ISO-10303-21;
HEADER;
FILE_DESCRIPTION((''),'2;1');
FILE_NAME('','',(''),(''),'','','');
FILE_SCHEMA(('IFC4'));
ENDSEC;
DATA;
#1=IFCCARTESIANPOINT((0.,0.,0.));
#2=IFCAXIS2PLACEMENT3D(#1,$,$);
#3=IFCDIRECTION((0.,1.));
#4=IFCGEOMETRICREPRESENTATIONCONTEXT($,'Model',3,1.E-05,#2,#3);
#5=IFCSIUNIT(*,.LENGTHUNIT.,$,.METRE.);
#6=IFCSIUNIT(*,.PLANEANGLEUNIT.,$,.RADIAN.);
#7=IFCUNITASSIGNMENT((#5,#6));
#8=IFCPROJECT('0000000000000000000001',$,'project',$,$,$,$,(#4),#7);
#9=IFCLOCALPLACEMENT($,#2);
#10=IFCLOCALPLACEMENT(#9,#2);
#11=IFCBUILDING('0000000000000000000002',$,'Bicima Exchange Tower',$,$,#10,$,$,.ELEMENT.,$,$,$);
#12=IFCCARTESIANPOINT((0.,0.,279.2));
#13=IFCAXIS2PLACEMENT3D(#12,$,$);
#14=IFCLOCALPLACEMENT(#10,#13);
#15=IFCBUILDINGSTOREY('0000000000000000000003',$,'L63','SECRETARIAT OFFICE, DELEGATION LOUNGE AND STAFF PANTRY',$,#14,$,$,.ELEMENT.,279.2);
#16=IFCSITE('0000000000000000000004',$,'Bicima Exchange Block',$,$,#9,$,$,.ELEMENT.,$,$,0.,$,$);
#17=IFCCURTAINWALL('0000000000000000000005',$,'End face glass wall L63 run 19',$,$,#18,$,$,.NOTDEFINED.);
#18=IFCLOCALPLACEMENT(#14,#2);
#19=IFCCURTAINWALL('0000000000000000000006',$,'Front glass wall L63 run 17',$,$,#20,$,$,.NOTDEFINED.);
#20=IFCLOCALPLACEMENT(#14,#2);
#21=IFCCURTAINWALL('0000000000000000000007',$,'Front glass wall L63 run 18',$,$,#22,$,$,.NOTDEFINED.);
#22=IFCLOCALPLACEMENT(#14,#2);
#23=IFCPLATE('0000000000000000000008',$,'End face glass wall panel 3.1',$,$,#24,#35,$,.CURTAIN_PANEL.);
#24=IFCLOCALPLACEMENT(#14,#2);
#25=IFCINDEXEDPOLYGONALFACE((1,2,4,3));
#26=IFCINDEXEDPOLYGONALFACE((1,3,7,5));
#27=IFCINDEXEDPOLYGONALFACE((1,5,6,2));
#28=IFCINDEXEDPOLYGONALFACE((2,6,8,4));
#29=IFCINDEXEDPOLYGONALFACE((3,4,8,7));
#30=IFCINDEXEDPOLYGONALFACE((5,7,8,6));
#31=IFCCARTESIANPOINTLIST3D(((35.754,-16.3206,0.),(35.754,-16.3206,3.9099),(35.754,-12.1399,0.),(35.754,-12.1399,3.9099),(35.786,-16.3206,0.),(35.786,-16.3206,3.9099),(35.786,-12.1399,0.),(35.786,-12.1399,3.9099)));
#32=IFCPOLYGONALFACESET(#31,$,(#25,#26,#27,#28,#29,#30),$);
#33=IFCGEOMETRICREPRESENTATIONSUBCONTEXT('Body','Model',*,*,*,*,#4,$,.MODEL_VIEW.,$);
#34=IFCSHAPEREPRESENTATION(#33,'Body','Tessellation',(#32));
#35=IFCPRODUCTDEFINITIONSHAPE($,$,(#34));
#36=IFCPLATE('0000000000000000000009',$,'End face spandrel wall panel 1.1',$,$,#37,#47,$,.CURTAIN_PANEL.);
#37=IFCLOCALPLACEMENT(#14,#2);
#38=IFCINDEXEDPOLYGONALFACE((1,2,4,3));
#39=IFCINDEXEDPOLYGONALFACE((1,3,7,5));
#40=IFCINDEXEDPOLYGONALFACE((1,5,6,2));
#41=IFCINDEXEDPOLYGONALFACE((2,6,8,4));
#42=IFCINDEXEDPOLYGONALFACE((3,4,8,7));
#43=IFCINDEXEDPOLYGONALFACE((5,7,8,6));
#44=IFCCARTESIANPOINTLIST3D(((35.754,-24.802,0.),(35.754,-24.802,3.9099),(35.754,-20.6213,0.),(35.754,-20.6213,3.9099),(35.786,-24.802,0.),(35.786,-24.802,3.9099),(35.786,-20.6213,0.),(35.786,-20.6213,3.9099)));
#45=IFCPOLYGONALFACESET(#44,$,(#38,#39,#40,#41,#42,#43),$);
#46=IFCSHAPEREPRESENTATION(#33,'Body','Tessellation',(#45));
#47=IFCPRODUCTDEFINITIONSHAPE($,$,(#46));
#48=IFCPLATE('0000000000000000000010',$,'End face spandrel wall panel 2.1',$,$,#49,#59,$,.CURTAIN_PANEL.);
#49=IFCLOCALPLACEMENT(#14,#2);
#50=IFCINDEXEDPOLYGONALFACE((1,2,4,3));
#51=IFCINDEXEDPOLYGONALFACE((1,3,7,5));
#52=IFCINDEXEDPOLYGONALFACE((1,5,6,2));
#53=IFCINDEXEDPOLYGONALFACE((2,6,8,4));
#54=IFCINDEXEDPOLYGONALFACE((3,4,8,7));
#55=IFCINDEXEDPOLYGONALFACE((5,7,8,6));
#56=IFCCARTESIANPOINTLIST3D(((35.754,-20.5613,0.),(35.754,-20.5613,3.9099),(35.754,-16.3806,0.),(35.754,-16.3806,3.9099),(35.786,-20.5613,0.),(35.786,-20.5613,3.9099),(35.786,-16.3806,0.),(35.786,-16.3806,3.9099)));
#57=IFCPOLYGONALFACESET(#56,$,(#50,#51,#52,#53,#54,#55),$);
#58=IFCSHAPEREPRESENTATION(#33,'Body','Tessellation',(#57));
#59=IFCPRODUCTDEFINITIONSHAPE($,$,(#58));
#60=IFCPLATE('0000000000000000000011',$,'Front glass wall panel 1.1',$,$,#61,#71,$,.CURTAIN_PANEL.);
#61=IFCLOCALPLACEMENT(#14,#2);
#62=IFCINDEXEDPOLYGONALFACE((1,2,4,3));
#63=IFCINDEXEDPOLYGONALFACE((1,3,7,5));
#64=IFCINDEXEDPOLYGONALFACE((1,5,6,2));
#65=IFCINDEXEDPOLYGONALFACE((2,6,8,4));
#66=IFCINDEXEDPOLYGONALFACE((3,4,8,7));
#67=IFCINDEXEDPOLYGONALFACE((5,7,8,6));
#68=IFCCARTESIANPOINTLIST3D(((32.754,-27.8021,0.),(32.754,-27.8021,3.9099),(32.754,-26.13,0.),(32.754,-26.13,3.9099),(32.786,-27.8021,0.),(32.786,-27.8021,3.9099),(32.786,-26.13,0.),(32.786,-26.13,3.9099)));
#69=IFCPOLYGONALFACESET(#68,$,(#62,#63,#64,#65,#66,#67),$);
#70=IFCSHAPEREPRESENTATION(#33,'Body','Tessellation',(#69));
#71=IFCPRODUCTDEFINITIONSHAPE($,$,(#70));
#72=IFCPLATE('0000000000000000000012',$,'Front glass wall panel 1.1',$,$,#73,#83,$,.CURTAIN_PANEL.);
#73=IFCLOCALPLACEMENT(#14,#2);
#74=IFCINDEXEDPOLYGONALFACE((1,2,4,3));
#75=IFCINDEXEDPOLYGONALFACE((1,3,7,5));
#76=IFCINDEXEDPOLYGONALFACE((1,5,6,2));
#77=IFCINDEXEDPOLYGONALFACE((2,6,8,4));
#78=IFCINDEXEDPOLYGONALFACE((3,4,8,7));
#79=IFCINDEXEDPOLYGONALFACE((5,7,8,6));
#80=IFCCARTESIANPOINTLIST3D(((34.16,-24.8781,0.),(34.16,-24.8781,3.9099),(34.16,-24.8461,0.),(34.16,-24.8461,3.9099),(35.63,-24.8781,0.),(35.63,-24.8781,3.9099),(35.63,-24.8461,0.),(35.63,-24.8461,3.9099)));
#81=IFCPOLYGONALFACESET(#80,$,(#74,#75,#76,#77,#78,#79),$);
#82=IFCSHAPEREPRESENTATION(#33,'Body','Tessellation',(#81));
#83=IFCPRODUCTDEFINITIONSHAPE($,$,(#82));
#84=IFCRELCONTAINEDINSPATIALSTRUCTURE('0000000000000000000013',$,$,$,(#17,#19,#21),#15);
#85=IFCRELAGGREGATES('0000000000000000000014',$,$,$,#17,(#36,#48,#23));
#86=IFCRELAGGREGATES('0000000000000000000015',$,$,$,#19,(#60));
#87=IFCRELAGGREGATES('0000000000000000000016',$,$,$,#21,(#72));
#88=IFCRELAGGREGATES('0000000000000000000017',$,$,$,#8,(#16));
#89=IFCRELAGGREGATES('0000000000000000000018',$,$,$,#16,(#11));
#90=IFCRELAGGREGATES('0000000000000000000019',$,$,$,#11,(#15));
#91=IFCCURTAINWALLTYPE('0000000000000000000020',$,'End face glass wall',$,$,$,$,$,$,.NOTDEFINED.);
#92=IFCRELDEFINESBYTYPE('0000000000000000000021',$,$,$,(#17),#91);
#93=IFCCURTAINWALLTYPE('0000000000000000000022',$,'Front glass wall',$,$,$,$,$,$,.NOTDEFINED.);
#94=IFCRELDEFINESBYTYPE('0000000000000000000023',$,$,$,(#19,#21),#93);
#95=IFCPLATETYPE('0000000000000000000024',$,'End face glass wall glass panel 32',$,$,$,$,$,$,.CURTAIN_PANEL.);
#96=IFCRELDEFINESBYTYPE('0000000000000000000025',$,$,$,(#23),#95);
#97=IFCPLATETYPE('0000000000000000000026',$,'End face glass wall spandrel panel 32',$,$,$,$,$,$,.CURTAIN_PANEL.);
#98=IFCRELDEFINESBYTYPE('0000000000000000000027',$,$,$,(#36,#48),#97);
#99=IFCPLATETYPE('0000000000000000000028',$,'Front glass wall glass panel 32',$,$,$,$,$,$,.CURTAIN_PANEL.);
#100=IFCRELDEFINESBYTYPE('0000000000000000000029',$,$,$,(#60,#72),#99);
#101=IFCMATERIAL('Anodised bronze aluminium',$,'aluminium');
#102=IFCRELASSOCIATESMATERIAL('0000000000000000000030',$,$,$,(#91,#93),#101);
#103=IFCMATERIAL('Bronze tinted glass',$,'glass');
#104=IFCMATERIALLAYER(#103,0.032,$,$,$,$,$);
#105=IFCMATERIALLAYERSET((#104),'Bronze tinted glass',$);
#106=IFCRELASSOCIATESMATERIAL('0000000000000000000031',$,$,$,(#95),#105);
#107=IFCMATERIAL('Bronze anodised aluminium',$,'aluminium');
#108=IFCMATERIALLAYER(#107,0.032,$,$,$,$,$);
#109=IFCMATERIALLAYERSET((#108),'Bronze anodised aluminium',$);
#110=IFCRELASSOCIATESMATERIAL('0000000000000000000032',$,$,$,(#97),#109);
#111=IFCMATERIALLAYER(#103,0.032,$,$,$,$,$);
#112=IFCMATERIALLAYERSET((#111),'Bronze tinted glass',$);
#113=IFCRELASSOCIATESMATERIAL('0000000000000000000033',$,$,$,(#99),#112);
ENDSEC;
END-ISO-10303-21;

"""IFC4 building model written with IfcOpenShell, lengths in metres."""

from ifc_helpers import new_model, si_unit, direction, frame, origin, origin_2d, place, context, subcontext, project, spatial, rectangle, extrude, material, layer, layer_set, type_object, element, aggregate, save


model = new_model("IFC4")

# Units and contexts
model_context = context("Model", 3, precision=1e-05, world=origin(), true_north=direction((0.0, 1.0)))
body_context = subcontext(model_context, "Body", "Model", "MODEL_VIEW")
ifc_project = project(units=[si_unit("LENGTHUNIT", "METRE"), si_unit("PLANEANGLEUNIT", "RADIAN")], contexts=[model_context])

# Site, building, storey
site_placement = place(None, origin())
site = spatial("IfcSite", under=ifc_project, at=site_placement, Name="Bicima Exchange Block", CompositionType="ELEMENT", RefElevation=0.0)
building_placement = place(site_placement, origin())
building = spatial("IfcBuilding", under=site, at=building_placement, Name="Bicima Exchange Tower", CompositionType="ELEMENT")
storey_placement = place(building_placement, frame((0.0, 0.0, 279.2)))
storey = spatial("IfcBuildingStorey", under=building, at=storey_placement, Name="L63", Description="SECRETARIAT OFFICE, DELEGATION LOUNGE AND STAFF PANTRY", CompositionType="ELEMENT", Elevation=279.2)

# Curtain wall
ifc_material_1 = material(Name="Anodised bronze aluminium", Category="aluminium")
curtain_wall_type_1 = type_object("IfcCurtainWallType", Name="End face glass wall", PredefinedType="NOTDEFINED", material=ifc_material_1)
curtain_wall_1_placement = place(storey_placement, origin())
curtain_wall_1 = element("IfcCurtainWall", 1, at=curtain_wall_1_placement, inside=storey, type_object=curtain_wall_type_1, Name="End face glass wall L63 run 19", PredefinedType="NOTDEFINED")

# Curtain wall
curtain_wall_type_2 = type_object("IfcCurtainWallType", Name="Front glass wall", PredefinedType="NOTDEFINED", material=ifc_material_1)
curtain_wall_2_placement = place(storey_placement, origin())
curtain_wall_2 = element("IfcCurtainWall", 2, at=curtain_wall_2_placement, inside=storey, type_object=curtain_wall_type_2, Name="Front glass wall L63 run 17", PredefinedType="NOTDEFINED")

# Curtain wall
curtain_wall_3_placement = place(storey_placement, origin())
curtain_wall_3 = element("IfcCurtainWall", 3, at=curtain_wall_3_placement, inside=storey, type_object=curtain_wall_type_2, Name="Front glass wall L63 run 18", PredefinedType="NOTDEFINED")

# Plates
ifc_material_2 = material(Name="Bronze tinted glass", Category="glass")
ifc_layer_1 = layer(ifc_material_2, 0.032)
ifc_layer_set_1 = layer_set([ifc_layer_1], Name="Bronze tinted glass")
plate_type_1 = type_object("IfcPlateType", Name="End face glass wall glass panel 32", PredefinedType="CURTAIN_PANEL", material=ifc_layer_set_1)
plate_1_placement = place(storey_placement, frame((35.77, -14.2302, 0.0), z_axis=(0.0, 0.0, 1.0), x_axis=(0.0, 1.0, 0.0)))
plate_1 = element("IfcPlate", 4, at=plate_1_placement, type_object=plate_type_1, Name="End face glass wall panel 3.1", PredefinedType="CURTAIN_PANEL", context=body_context, shape_type="SweptSolid", body=[
    extrude(rectangle(XDim=4.1807, YDim=0.032, at=origin_2d()), origin(), (0.0, 0.0, 1.0), 3.9099),
])
ifc_material_3 = material(Name="Bronze anodised aluminium", Category="aluminium")
ifc_layer_2 = layer(ifc_material_3, 0.032)
ifc_layer_set_2 = layer_set([ifc_layer_2], Name="Bronze anodised aluminium")
plate_type_2 = type_object("IfcPlateType", Name="End face glass wall spandrel panel 32", PredefinedType="CURTAIN_PANEL", material=ifc_layer_set_2)
plate_2_placement = place(storey_placement, frame((35.77, -22.7117, 0.0), z_axis=(0.0, 0.0, 1.0), x_axis=(0.0, 1.0, 0.0)))
plate_2 = element("IfcPlate", 5, at=plate_2_placement, type_object=plate_type_2, Name="End face spandrel wall panel 1.1", PredefinedType="CURTAIN_PANEL", context=body_context, shape_type="SweptSolid", body=[
    extrude(rectangle(XDim=4.1807, YDim=0.032, at=origin_2d()), origin(), (0.0, 0.0, 1.0), 3.9099),
])
plate_3_placement = place(storey_placement, frame((35.77, -18.4709, 0.0), z_axis=(0.0, 0.0, 1.0), x_axis=(0.0, 1.0, 0.0)))
plate_3 = element("IfcPlate", 6, at=plate_3_placement, type_object=plate_type_2, Name="End face spandrel wall panel 2.1", PredefinedType="CURTAIN_PANEL", context=body_context, shape_type="SweptSolid", body=[
    extrude(rectangle(XDim=4.1807, YDim=0.032, at=origin_2d()), origin(), (0.0, 0.0, 1.0), 3.9099),
])
aggregate(curtain_wall_1, [plate_2, plate_3, plate_1])
ifc_layer_3 = layer(ifc_material_2, 0.032)
ifc_layer_set_3 = layer_set([ifc_layer_3], Name="Bronze tinted glass")
plate_type_3 = type_object("IfcPlateType", Name="Front glass wall glass panel 32", PredefinedType="CURTAIN_PANEL", material=ifc_layer_set_3)
plate_4_placement = place(storey_placement, frame((32.77, -26.9661, 0.0), z_axis=(0.0, 0.0, 1.0), x_axis=(0.0, 1.0, 0.0)))
plate_4 = element("IfcPlate", 7, at=plate_4_placement, type_object=plate_type_3, Name="Front glass wall panel 1.1", PredefinedType="CURTAIN_PANEL", context=body_context, shape_type="SweptSolid", body=[
    extrude(rectangle(XDim=1.6721, YDim=0.032, at=origin_2d()), origin(), (0.0, 0.0, 1.0), 3.9099),
])
aggregate(curtain_wall_2, [plate_4])
plate_5_placement = place(storey_placement, frame((34.895, -24.8621, 0.0), z_axis=(0.0, 0.0, 1.0), x_axis=(1.0, 0.0, 0.0)))
plate_5 = element("IfcPlate", 8, at=plate_5_placement, type_object=plate_type_3, Name="Front glass wall panel 1.1", PredefinedType="CURTAIN_PANEL", context=body_context, shape_type="SweptSolid", body=[
    extrude(rectangle(XDim=1.47, YDim=0.032, at=origin_2d()), origin(), (0.0, 0.0, 1.0), 3.9099),
])
aggregate(curtain_wall_3, [plate_5])

save(model, "model.ifc")
